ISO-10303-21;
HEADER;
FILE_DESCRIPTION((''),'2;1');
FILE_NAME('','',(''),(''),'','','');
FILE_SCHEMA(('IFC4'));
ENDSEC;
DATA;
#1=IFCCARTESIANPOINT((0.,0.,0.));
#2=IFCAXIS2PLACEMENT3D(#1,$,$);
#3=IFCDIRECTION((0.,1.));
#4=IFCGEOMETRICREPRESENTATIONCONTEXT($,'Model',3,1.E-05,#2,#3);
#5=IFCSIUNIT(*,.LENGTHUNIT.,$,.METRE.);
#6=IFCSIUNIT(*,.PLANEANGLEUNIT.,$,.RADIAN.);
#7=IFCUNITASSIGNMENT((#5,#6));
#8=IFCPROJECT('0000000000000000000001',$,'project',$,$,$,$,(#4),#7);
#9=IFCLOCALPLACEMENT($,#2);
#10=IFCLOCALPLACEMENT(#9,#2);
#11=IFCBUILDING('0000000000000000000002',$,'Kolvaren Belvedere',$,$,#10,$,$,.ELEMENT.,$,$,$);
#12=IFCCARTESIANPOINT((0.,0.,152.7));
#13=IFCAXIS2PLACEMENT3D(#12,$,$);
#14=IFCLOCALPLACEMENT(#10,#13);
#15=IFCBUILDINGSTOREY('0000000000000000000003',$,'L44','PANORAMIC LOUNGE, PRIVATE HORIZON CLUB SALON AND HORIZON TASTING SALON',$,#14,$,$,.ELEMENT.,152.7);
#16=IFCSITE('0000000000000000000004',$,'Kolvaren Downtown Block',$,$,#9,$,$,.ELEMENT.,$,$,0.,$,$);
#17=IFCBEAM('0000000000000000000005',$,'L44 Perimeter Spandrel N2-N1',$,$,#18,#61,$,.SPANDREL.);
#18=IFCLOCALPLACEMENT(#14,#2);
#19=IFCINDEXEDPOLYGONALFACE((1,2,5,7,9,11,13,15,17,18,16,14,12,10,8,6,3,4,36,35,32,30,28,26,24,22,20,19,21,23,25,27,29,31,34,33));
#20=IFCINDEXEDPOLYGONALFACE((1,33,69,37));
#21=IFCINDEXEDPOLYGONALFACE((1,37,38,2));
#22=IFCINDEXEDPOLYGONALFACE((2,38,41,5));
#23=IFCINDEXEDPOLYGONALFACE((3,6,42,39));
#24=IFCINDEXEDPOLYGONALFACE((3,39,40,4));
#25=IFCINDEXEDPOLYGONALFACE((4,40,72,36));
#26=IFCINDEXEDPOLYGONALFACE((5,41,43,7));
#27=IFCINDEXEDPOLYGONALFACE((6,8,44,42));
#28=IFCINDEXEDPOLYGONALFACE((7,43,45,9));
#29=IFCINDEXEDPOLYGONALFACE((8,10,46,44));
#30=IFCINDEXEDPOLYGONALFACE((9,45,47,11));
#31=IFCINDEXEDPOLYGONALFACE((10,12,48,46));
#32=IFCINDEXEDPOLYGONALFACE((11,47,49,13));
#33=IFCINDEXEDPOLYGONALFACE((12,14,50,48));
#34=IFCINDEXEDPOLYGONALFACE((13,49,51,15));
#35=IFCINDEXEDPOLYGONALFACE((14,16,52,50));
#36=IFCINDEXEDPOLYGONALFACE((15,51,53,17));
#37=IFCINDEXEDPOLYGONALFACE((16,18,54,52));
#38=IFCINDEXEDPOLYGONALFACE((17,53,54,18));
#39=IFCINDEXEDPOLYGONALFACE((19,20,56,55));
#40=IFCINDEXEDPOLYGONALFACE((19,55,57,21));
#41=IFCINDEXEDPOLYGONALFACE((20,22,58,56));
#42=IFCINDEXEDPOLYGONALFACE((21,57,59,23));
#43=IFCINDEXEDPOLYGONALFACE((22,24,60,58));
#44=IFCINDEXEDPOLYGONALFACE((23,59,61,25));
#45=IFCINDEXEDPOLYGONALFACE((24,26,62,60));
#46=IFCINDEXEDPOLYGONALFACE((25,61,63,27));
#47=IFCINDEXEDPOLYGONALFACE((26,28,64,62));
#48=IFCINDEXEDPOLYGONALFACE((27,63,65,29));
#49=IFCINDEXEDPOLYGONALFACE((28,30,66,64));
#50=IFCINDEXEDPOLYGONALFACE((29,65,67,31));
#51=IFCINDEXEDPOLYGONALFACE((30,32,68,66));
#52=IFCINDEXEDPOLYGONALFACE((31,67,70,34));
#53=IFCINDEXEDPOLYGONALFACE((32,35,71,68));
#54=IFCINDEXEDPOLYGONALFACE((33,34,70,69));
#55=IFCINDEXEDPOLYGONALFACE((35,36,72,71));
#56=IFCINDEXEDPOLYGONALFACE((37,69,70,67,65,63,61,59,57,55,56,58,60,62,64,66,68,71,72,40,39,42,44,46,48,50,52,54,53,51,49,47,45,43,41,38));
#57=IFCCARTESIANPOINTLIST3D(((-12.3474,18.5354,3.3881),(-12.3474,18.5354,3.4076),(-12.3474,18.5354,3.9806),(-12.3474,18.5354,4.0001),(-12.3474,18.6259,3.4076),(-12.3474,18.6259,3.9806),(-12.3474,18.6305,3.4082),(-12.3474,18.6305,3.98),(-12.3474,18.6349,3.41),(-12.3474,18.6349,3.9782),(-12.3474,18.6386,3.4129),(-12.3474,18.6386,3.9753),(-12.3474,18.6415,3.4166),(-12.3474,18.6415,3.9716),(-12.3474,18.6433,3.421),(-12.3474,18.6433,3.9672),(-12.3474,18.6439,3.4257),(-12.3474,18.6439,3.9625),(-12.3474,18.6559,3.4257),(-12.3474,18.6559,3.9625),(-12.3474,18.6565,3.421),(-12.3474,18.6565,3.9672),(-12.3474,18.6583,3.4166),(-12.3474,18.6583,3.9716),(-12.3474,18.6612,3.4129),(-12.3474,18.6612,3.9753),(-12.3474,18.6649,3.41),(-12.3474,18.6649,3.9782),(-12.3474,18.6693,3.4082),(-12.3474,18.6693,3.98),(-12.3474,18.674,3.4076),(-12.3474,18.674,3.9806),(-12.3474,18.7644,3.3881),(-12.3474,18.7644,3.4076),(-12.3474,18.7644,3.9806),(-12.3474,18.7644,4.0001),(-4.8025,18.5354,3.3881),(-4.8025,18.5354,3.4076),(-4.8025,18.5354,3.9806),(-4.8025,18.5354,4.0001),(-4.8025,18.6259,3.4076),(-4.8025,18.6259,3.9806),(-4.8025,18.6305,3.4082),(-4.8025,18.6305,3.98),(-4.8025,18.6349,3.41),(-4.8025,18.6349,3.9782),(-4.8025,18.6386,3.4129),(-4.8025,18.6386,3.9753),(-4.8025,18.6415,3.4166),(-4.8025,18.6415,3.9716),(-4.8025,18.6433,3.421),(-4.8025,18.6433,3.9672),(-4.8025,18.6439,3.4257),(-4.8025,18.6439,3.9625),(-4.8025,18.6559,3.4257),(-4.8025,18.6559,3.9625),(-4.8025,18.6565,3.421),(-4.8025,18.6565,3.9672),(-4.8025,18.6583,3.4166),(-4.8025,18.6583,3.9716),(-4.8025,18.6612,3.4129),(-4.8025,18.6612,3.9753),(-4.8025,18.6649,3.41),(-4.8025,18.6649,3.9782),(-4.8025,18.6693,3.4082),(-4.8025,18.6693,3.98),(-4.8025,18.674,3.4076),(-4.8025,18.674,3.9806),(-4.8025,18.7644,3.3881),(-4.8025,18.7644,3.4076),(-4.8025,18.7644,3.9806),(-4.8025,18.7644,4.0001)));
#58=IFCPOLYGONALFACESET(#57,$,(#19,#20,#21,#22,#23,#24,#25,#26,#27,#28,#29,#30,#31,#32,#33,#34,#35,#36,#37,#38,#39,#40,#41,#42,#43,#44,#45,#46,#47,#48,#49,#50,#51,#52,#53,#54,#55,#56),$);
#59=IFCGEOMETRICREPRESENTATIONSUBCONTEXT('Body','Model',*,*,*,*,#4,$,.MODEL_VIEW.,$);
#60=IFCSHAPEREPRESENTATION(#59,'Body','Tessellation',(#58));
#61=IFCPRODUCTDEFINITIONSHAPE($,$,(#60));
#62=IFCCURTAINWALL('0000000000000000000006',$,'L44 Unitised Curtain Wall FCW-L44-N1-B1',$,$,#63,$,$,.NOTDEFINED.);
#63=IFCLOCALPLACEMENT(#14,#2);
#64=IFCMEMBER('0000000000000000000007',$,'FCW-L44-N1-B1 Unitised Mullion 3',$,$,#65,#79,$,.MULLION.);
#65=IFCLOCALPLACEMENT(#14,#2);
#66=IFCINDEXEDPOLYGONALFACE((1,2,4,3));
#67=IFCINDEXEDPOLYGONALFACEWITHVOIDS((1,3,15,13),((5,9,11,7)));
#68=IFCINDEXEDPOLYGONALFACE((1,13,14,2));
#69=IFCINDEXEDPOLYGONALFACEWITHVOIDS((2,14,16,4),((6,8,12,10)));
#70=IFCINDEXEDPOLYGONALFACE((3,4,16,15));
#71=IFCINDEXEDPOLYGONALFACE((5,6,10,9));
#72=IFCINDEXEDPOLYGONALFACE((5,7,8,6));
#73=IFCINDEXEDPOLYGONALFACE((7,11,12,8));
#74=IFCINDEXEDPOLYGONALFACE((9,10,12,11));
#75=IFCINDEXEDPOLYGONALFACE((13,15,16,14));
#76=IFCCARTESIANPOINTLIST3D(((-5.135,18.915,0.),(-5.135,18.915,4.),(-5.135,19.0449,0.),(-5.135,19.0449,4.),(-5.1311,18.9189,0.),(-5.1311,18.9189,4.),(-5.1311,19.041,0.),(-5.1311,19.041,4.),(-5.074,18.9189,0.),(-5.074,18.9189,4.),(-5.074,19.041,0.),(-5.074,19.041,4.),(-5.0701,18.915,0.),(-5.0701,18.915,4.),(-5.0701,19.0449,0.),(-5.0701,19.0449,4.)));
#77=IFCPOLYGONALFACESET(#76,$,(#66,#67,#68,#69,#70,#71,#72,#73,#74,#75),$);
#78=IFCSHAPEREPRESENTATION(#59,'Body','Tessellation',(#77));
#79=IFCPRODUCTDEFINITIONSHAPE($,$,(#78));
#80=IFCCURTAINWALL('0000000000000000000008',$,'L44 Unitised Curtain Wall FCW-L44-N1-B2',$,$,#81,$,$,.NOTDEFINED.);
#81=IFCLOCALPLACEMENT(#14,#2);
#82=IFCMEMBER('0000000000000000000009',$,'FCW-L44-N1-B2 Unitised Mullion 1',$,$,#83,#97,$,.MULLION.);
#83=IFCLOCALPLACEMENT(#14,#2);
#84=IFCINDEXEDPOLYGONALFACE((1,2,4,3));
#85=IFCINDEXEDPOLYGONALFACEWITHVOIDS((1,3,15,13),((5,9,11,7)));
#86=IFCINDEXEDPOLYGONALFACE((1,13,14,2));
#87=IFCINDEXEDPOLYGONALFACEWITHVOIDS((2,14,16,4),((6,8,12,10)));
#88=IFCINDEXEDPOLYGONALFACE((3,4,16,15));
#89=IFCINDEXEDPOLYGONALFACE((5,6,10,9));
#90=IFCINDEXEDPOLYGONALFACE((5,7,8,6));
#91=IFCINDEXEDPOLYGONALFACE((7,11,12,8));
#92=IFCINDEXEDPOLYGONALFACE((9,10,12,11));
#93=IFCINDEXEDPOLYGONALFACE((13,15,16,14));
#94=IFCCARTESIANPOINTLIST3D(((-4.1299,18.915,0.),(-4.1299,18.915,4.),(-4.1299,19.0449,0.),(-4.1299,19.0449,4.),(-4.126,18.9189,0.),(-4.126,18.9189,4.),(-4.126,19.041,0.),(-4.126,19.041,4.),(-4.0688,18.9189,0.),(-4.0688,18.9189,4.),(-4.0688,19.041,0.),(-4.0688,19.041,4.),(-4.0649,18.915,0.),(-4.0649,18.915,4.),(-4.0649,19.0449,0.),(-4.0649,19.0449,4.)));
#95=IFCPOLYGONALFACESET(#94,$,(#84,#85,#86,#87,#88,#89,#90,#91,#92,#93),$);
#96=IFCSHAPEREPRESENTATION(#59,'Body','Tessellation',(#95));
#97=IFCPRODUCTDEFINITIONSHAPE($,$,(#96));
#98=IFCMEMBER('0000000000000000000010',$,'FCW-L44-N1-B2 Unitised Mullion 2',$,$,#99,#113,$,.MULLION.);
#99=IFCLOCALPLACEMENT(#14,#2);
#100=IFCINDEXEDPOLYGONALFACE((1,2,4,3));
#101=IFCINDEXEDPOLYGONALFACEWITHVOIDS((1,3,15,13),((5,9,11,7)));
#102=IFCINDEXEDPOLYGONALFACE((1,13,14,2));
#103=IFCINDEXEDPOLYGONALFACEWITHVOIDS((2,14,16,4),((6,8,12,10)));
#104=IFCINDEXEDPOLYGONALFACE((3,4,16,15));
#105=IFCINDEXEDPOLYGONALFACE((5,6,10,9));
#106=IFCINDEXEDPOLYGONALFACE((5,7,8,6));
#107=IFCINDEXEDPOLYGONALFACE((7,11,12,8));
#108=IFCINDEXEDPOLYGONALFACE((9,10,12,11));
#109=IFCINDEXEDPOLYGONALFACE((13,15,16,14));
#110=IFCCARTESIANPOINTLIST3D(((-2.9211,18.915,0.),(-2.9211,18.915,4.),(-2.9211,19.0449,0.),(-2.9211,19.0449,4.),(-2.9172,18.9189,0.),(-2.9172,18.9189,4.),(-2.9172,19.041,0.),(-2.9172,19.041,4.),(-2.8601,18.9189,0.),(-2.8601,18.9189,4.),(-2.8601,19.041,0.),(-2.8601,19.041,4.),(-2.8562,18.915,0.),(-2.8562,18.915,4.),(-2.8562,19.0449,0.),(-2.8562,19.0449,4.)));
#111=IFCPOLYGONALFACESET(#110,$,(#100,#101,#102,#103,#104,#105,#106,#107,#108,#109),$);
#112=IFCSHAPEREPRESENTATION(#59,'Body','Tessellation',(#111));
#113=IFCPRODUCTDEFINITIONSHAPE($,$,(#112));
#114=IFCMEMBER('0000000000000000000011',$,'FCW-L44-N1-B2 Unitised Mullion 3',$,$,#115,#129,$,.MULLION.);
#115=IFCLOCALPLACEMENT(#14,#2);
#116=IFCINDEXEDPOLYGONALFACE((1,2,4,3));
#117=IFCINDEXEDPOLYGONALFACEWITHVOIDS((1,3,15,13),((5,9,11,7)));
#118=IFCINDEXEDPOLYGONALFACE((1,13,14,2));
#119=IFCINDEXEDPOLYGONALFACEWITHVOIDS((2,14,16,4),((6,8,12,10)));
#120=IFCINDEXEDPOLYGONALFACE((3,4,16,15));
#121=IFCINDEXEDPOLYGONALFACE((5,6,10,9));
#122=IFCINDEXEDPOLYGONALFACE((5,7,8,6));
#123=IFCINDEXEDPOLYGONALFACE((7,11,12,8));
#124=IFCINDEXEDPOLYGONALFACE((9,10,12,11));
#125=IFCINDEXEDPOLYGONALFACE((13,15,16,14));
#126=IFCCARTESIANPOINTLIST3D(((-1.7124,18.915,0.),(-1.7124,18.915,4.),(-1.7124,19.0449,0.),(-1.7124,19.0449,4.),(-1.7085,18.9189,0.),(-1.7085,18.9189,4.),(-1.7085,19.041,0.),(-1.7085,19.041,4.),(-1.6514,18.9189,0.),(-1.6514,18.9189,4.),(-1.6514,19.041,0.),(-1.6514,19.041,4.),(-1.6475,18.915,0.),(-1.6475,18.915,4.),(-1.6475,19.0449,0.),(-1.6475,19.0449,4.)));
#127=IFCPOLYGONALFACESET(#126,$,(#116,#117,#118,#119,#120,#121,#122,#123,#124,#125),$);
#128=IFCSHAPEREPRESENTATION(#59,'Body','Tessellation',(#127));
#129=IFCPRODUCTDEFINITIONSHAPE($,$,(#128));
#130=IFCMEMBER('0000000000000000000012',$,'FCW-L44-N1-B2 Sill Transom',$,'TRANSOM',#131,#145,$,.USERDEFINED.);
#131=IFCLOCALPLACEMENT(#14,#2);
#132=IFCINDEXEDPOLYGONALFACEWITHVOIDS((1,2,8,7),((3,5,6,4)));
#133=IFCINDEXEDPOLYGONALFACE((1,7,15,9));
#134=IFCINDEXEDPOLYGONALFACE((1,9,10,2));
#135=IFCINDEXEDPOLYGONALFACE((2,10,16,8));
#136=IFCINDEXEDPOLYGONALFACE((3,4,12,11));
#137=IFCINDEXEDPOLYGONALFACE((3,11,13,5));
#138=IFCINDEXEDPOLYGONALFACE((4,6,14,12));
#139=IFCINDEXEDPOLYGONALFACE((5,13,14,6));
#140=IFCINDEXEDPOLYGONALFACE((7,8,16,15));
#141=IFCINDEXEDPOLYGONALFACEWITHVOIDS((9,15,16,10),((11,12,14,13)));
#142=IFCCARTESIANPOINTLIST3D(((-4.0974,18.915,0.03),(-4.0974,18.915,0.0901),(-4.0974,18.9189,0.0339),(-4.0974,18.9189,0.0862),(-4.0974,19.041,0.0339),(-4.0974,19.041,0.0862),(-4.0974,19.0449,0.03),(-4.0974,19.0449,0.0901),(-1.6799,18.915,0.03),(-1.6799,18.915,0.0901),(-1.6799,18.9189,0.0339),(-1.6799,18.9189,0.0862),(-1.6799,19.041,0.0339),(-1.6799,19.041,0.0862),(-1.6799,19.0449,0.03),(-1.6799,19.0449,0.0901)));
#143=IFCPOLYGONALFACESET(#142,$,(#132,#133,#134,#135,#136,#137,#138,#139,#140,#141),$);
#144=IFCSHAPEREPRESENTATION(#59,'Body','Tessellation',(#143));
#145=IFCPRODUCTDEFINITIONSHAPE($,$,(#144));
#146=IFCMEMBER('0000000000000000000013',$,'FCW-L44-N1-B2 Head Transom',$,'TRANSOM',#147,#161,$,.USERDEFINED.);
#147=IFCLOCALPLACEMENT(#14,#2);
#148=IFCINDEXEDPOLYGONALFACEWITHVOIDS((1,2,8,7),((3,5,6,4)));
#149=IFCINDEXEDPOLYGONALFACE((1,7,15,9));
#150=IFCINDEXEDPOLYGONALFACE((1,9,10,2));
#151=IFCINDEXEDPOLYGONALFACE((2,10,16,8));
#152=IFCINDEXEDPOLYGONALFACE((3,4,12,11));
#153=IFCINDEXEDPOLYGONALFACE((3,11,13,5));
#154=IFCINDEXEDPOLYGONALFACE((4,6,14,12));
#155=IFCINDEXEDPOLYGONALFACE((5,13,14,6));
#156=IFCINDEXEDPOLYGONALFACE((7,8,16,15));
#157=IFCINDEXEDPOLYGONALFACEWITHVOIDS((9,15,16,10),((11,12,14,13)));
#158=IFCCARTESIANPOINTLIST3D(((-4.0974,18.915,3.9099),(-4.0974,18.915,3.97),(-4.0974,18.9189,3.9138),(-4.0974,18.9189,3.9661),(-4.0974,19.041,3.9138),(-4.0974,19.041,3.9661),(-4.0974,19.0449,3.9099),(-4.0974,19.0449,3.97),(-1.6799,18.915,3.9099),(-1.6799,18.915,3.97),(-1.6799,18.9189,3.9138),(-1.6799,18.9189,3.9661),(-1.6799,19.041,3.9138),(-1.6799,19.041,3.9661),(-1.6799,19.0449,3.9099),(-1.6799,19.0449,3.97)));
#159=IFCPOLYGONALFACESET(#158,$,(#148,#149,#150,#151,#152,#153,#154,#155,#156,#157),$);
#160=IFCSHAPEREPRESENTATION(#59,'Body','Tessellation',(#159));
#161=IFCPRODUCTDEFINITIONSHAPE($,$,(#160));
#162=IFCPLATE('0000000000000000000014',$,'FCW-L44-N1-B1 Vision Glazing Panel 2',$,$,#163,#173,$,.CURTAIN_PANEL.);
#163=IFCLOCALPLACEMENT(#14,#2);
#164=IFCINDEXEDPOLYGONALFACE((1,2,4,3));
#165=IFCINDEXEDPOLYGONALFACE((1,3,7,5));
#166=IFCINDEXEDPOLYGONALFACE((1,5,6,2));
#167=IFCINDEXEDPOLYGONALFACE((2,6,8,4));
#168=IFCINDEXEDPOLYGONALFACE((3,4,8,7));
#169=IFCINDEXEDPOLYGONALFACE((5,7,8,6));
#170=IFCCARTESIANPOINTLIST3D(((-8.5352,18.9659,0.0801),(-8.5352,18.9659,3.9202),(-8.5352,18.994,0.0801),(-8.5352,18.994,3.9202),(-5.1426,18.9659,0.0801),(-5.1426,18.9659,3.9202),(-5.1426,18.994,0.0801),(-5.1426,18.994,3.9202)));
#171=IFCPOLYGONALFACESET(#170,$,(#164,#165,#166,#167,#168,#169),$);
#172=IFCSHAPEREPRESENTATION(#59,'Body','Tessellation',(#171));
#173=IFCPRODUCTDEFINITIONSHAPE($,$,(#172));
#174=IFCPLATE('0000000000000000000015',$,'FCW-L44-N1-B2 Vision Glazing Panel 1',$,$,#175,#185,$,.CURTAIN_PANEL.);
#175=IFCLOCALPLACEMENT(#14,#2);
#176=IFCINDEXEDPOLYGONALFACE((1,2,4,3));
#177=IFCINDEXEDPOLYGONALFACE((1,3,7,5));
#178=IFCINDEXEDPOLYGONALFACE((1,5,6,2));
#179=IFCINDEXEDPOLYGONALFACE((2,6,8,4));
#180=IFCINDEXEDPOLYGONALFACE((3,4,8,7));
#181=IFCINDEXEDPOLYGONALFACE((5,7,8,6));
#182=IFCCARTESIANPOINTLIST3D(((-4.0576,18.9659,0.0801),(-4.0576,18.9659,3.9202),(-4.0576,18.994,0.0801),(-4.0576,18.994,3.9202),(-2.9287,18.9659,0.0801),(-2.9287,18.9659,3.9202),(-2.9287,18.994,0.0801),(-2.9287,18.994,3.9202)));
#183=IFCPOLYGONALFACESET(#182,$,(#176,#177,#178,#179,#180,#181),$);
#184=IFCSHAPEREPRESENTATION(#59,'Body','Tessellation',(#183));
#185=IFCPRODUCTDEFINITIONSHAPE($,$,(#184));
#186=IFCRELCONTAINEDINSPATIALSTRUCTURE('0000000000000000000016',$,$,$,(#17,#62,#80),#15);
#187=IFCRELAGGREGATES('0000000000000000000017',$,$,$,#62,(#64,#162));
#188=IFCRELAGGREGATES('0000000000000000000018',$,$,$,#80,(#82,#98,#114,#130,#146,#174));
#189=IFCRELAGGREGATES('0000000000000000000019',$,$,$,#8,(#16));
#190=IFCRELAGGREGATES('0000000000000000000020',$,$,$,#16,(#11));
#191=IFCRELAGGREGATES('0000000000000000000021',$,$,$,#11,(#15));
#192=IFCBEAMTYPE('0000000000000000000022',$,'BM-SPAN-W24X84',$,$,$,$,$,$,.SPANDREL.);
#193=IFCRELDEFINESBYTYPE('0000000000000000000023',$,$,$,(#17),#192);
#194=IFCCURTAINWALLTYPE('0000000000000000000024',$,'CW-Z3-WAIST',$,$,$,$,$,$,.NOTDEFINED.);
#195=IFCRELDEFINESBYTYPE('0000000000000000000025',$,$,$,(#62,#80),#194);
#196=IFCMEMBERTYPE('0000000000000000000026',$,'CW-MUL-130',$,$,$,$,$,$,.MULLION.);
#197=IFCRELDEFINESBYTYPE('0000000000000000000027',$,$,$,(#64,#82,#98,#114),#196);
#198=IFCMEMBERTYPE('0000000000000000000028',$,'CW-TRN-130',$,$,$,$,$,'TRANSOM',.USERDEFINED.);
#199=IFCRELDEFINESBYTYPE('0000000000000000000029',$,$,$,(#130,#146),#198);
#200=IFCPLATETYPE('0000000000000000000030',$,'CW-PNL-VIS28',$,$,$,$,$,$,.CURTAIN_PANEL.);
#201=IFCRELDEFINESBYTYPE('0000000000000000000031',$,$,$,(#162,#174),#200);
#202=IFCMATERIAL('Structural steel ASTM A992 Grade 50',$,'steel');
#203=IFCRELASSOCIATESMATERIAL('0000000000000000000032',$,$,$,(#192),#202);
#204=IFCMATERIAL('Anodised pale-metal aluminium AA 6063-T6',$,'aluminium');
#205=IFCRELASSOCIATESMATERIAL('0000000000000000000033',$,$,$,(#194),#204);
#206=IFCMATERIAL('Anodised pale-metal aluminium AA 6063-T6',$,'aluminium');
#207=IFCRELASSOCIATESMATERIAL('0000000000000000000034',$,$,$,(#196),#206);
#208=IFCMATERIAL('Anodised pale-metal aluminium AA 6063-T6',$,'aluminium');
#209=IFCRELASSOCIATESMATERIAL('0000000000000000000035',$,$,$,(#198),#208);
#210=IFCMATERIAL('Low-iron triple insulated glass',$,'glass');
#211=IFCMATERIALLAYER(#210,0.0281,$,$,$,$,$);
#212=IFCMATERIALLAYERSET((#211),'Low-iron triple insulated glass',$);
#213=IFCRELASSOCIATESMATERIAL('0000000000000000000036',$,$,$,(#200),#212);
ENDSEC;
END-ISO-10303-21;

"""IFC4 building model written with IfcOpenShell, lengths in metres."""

from ifc_helpers import new_model, si_unit, direction, frame, origin, origin_2d, place, context, subcontext, project, spatial, rectangle, hollow_rectangle, i_section, extrude, material, layer, layer_set, material_profile, profile_set, type_object, element, aggregate, save


model = new_model("IFC4")

# Units and contexts
model_context = context("Model", 3, precision=1e-05, world=origin(), true_north=direction((0.0, 1.0)))
body_context = subcontext(model_context, "Body", "Model", "MODEL_VIEW")
ifc_project = project(units=[si_unit("LENGTHUNIT", "METRE"), si_unit("PLANEANGLEUNIT", "RADIAN")], contexts=[model_context])

# Site, building, storey
site_placement = place(None, origin())
site = spatial("IfcSite", under=ifc_project, at=site_placement, Name="Kolvaren Downtown Block", CompositionType="ELEMENT", RefElevation=0.0)
building_placement = place(site_placement, origin())
building = spatial("IfcBuilding", under=site, at=building_placement, Name="Kolvaren Belvedere", CompositionType="ELEMENT")
storey_placement = place(building_placement, frame((0.0, 0.0, 152.7)))
storey = spatial("IfcBuildingStorey", under=building, at=storey_placement, Name="L44", Description="PANORAMIC LOUNGE, PRIVATE HORIZON CLUB SALON AND HORIZON TASTING SALON", CompositionType="ELEMENT", Elevation=152.7)

# Beam
ifc_material_1 = material(Name="Structural steel ASTM A992 Grade 50", Category="steel")
ifc_material_profile_1 = material_profile(ifc_material_1, i_section(OverallWidth=0.229, OverallDepth=0.6121, WebThickness=0.012, FlangeThickness=0.0195, FilletRadius=0.0181, at=origin_2d()), Name="W24X84")
ifc_profile_set_1 = profile_set([ifc_material_profile_1], Name="Structural steel ASTM A992 Grade 50")
beam_type_1 = type_object("IfcBeamType", Name="BM-SPAN-W24X84", PredefinedType="SPANDREL", material=ifc_profile_set_1)
beam_1_placement = place(storey_placement, frame((-4.8025, 18.6499, 3.6941), z_axis=(-1.0, 0.0, 0.0), x_axis=(0.0, -1.0, 0.0)))
element("IfcBeam", 1, at=beam_1_placement, inside=storey, type_object=beam_type_1, Name="L44 Perimeter Spandrel N2-N1", PredefinedType="SPANDREL", context=body_context, shape_type="SweptSolid", body=[
    extrude(i_section(OverallWidth=0.229, OverallDepth=0.6121, WebThickness=0.012, FlangeThickness=0.0195, FilletRadius=0.0181, at=origin_2d()), origin(), (0.0, 0.0, 1.0), 7.5449),
])

# Curtain wall, member
ifc_material_2 = material(Name="Anodised pale-metal aluminium AA 6063-T6", Category="aluminium")
curtain_wall_type = type_object("IfcCurtainWallType", Name="CW-Z3-WAIST", PredefinedType="NOTDEFINED", material=ifc_material_2)
curtain_wall_1_placement = place(storey_placement, origin())
curtain_wall_1 = element("IfcCurtainWall", 2, at=curtain_wall_1_placement, inside=storey, type_object=curtain_wall_type, Name="L44 Unitised Curtain Wall FCW-L44-N1-B1", PredefinedType="NOTDEFINED")
ifc_material_3 = material(Name="Anodised pale-metal aluminium AA 6063-T6", Category="aluminium")
ifc_material_profile_2 = material_profile(ifc_material_3, hollow_rectangle(XDim=0.0649, YDim=0.1299, WallThickness=0.0039, at=origin_2d()), Name="ALU-MUL-130X65")
ifc_profile_set_2 = profile_set([ifc_material_profile_2], Name="Anodised pale-metal aluminium AA 6063-T6")
member_type_1 = type_object("IfcMemberType", Name="CW-MUL-130", PredefinedType="MULLION", material=ifc_profile_set_2)
member_1_placement = place(storey_placement, frame((-5.1025, 18.98, 0.0), z_axis=(0.0, 0.0, 1.0), x_axis=(1.0, 0.0, 0.0)))
member_1 = element("IfcMember", 3, at=member_1_placement, type_object=member_type_1, Name="FCW-L44-N1-B1 Unitised Mullion 3", PredefinedType="MULLION", context=body_context, shape_type="SweptSolid", body=[
    extrude(hollow_rectangle(XDim=0.0649, YDim=0.1299, WallThickness=0.0039, at=origin_2d()), origin(), (0.0, 0.0, 1.0), 4.0),
])

# Curtain wall, members
curtain_wall_2_placement = place(storey_placement, origin())
curtain_wall_2 = element("IfcCurtainWall", 4, at=curtain_wall_2_placement, inside=storey, type_object=curtain_wall_type, Name="L44 Unitised Curtain Wall FCW-L44-N1-B2", PredefinedType="NOTDEFINED")
member_2_placement = place(storey_placement, frame((-4.0974, 18.98, 0.0), z_axis=(0.0, 0.0, 1.0), x_axis=(1.0, 0.0, 0.0)))
member_2 = element("IfcMember", 5, at=member_2_placement, type_object=member_type_1, Name="FCW-L44-N1-B2 Unitised Mullion 1", PredefinedType="MULLION", context=body_context, shape_type="SweptSolid", body=[
    extrude(hollow_rectangle(XDim=0.0649, YDim=0.1299, WallThickness=0.0039, at=origin_2d()), origin(), (0.0, 0.0, 1.0), 4.0),
])
member_3_placement = place(storey_placement, frame((-2.8887, 18.98, 0.0), z_axis=(0.0, 0.0, 1.0), x_axis=(1.0, 0.0, 0.0)))
member_3 = element("IfcMember", 6, at=member_3_placement, type_object=member_type_1, Name="FCW-L44-N1-B2 Unitised Mullion 2", PredefinedType="MULLION", context=body_context, shape_type="SweptSolid", body=[
    extrude(hollow_rectangle(XDim=0.0649, YDim=0.1299, WallThickness=0.0039, at=origin_2d()), origin(), (0.0, 0.0, 1.0), 4.0),
])
member_4_placement = place(storey_placement, frame((-1.6799, 18.98, 0.0), z_axis=(0.0, 0.0, 1.0), x_axis=(1.0, 0.0, 0.0)))
member_4 = element("IfcMember", 7, at=member_4_placement, type_object=member_type_1, Name="FCW-L44-N1-B2 Unitised Mullion 3", PredefinedType="MULLION", context=body_context, shape_type="SweptSolid", body=[
    extrude(hollow_rectangle(XDim=0.0649, YDim=0.1299, WallThickness=0.0039, at=origin_2d()), origin(), (0.0, 0.0, 1.0), 4.0),
])
ifc_material_4 = material(Name="Anodised pale-metal aluminium AA 6063-T6", Category="aluminium")
ifc_material_profile_3 = material_profile(ifc_material_4, hollow_rectangle(XDim=0.0601, YDim=0.1299, WallThickness=0.0039, at=origin_2d()), Name="ALU-TRN-130X60")
ifc_profile_set_3 = profile_set([ifc_material_profile_3], Name="Anodised pale-metal aluminium AA 6063-T6")
member_type_2 = type_object("IfcMemberType", Name="CW-TRN-130", ElementType="TRANSOM", PredefinedType="USERDEFINED", material=ifc_profile_set_3)
member_5_placement = place(storey_placement, frame((-4.0974, 18.98, 0.0601), z_axis=(1.0, 0.0, 0.0), x_axis=(0.0, 0.0, 1.0)))
member_5 = element("IfcMember", 8, at=member_5_placement, type_object=member_type_2, Name="FCW-L44-N1-B2 Sill Transom", ObjectType="TRANSOM", PredefinedType="USERDEFINED", context=body_context, shape_type="SweptSolid", body=[
    extrude(hollow_rectangle(XDim=0.0601, YDim=0.1299, WallThickness=0.0039, at=origin_2d()), origin(), (0.0, 0.0, 1.0), 2.4175),
])
member_6_placement = place(storey_placement, frame((-4.0974, 18.98, 3.9399), z_axis=(1.0, 0.0, 0.0), x_axis=(0.0, 0.0, 1.0)))
member_6 = element("IfcMember", 9, at=member_6_placement, type_object=member_type_2, Name="FCW-L44-N1-B2 Head Transom", ObjectType="TRANSOM", PredefinedType="USERDEFINED", context=body_context, shape_type="SweptSolid", body=[
    extrude(hollow_rectangle(XDim=0.0601, YDim=0.1299, WallThickness=0.0039, at=origin_2d()), origin(), (0.0, 0.0, 1.0), 2.4175),
])

# Plates
ifc_material_5 = material(Name="Low-iron triple insulated glass", Category="glass")
ifc_layer_1 = layer(ifc_material_5, 0.0281)
ifc_layer_set_1 = layer_set([ifc_layer_1], Name="Low-iron triple insulated glass")
plate_type_1 = type_object("IfcPlateType", Name="CW-PNL-VIS28", PredefinedType="CURTAIN_PANEL", material=ifc_layer_set_1)
plate_1_placement = place(storey_placement, frame((-6.8389, 18.98, 0.0801), z_axis=(0.0, 0.0, 1.0), x_axis=(1.0, 0.0, 0.0)))
plate_1 = element("IfcPlate", 10, at=plate_1_placement, type_object=plate_type_1, Name="FCW-L44-N1-B1 Vision Glazing Panel 2", PredefinedType="CURTAIN_PANEL", context=body_context, shape_type="SweptSolid", body=[
    extrude(rectangle(XDim=3.3926, YDim=0.0281, at=origin_2d()), origin(), (0.0, 0.0, 1.0), 3.8401),
])
aggregate(curtain_wall_1, [member_1, plate_1])
plate_2_placement = place(storey_placement, frame((-3.4932, 18.98, 0.0801), z_axis=(0.0, 0.0, 1.0), x_axis=(1.0, 0.0, 0.0)))
plate_2 = element("IfcPlate", 11, at=plate_2_placement, type_object=plate_type_1, Name="FCW-L44-N1-B2 Vision Glazing Panel 1", PredefinedType="CURTAIN_PANEL", context=body_context, shape_type="SweptSolid", body=[
    extrude(rectangle(XDim=1.1289, YDim=0.0281, at=origin_2d()), origin(), (0.0, 0.0, 1.0), 3.8401),
])
aggregate(curtain_wall_2, [member_2, member_3, member_4, member_5, member_6, plate_2])

save(model, "model.ifc")
